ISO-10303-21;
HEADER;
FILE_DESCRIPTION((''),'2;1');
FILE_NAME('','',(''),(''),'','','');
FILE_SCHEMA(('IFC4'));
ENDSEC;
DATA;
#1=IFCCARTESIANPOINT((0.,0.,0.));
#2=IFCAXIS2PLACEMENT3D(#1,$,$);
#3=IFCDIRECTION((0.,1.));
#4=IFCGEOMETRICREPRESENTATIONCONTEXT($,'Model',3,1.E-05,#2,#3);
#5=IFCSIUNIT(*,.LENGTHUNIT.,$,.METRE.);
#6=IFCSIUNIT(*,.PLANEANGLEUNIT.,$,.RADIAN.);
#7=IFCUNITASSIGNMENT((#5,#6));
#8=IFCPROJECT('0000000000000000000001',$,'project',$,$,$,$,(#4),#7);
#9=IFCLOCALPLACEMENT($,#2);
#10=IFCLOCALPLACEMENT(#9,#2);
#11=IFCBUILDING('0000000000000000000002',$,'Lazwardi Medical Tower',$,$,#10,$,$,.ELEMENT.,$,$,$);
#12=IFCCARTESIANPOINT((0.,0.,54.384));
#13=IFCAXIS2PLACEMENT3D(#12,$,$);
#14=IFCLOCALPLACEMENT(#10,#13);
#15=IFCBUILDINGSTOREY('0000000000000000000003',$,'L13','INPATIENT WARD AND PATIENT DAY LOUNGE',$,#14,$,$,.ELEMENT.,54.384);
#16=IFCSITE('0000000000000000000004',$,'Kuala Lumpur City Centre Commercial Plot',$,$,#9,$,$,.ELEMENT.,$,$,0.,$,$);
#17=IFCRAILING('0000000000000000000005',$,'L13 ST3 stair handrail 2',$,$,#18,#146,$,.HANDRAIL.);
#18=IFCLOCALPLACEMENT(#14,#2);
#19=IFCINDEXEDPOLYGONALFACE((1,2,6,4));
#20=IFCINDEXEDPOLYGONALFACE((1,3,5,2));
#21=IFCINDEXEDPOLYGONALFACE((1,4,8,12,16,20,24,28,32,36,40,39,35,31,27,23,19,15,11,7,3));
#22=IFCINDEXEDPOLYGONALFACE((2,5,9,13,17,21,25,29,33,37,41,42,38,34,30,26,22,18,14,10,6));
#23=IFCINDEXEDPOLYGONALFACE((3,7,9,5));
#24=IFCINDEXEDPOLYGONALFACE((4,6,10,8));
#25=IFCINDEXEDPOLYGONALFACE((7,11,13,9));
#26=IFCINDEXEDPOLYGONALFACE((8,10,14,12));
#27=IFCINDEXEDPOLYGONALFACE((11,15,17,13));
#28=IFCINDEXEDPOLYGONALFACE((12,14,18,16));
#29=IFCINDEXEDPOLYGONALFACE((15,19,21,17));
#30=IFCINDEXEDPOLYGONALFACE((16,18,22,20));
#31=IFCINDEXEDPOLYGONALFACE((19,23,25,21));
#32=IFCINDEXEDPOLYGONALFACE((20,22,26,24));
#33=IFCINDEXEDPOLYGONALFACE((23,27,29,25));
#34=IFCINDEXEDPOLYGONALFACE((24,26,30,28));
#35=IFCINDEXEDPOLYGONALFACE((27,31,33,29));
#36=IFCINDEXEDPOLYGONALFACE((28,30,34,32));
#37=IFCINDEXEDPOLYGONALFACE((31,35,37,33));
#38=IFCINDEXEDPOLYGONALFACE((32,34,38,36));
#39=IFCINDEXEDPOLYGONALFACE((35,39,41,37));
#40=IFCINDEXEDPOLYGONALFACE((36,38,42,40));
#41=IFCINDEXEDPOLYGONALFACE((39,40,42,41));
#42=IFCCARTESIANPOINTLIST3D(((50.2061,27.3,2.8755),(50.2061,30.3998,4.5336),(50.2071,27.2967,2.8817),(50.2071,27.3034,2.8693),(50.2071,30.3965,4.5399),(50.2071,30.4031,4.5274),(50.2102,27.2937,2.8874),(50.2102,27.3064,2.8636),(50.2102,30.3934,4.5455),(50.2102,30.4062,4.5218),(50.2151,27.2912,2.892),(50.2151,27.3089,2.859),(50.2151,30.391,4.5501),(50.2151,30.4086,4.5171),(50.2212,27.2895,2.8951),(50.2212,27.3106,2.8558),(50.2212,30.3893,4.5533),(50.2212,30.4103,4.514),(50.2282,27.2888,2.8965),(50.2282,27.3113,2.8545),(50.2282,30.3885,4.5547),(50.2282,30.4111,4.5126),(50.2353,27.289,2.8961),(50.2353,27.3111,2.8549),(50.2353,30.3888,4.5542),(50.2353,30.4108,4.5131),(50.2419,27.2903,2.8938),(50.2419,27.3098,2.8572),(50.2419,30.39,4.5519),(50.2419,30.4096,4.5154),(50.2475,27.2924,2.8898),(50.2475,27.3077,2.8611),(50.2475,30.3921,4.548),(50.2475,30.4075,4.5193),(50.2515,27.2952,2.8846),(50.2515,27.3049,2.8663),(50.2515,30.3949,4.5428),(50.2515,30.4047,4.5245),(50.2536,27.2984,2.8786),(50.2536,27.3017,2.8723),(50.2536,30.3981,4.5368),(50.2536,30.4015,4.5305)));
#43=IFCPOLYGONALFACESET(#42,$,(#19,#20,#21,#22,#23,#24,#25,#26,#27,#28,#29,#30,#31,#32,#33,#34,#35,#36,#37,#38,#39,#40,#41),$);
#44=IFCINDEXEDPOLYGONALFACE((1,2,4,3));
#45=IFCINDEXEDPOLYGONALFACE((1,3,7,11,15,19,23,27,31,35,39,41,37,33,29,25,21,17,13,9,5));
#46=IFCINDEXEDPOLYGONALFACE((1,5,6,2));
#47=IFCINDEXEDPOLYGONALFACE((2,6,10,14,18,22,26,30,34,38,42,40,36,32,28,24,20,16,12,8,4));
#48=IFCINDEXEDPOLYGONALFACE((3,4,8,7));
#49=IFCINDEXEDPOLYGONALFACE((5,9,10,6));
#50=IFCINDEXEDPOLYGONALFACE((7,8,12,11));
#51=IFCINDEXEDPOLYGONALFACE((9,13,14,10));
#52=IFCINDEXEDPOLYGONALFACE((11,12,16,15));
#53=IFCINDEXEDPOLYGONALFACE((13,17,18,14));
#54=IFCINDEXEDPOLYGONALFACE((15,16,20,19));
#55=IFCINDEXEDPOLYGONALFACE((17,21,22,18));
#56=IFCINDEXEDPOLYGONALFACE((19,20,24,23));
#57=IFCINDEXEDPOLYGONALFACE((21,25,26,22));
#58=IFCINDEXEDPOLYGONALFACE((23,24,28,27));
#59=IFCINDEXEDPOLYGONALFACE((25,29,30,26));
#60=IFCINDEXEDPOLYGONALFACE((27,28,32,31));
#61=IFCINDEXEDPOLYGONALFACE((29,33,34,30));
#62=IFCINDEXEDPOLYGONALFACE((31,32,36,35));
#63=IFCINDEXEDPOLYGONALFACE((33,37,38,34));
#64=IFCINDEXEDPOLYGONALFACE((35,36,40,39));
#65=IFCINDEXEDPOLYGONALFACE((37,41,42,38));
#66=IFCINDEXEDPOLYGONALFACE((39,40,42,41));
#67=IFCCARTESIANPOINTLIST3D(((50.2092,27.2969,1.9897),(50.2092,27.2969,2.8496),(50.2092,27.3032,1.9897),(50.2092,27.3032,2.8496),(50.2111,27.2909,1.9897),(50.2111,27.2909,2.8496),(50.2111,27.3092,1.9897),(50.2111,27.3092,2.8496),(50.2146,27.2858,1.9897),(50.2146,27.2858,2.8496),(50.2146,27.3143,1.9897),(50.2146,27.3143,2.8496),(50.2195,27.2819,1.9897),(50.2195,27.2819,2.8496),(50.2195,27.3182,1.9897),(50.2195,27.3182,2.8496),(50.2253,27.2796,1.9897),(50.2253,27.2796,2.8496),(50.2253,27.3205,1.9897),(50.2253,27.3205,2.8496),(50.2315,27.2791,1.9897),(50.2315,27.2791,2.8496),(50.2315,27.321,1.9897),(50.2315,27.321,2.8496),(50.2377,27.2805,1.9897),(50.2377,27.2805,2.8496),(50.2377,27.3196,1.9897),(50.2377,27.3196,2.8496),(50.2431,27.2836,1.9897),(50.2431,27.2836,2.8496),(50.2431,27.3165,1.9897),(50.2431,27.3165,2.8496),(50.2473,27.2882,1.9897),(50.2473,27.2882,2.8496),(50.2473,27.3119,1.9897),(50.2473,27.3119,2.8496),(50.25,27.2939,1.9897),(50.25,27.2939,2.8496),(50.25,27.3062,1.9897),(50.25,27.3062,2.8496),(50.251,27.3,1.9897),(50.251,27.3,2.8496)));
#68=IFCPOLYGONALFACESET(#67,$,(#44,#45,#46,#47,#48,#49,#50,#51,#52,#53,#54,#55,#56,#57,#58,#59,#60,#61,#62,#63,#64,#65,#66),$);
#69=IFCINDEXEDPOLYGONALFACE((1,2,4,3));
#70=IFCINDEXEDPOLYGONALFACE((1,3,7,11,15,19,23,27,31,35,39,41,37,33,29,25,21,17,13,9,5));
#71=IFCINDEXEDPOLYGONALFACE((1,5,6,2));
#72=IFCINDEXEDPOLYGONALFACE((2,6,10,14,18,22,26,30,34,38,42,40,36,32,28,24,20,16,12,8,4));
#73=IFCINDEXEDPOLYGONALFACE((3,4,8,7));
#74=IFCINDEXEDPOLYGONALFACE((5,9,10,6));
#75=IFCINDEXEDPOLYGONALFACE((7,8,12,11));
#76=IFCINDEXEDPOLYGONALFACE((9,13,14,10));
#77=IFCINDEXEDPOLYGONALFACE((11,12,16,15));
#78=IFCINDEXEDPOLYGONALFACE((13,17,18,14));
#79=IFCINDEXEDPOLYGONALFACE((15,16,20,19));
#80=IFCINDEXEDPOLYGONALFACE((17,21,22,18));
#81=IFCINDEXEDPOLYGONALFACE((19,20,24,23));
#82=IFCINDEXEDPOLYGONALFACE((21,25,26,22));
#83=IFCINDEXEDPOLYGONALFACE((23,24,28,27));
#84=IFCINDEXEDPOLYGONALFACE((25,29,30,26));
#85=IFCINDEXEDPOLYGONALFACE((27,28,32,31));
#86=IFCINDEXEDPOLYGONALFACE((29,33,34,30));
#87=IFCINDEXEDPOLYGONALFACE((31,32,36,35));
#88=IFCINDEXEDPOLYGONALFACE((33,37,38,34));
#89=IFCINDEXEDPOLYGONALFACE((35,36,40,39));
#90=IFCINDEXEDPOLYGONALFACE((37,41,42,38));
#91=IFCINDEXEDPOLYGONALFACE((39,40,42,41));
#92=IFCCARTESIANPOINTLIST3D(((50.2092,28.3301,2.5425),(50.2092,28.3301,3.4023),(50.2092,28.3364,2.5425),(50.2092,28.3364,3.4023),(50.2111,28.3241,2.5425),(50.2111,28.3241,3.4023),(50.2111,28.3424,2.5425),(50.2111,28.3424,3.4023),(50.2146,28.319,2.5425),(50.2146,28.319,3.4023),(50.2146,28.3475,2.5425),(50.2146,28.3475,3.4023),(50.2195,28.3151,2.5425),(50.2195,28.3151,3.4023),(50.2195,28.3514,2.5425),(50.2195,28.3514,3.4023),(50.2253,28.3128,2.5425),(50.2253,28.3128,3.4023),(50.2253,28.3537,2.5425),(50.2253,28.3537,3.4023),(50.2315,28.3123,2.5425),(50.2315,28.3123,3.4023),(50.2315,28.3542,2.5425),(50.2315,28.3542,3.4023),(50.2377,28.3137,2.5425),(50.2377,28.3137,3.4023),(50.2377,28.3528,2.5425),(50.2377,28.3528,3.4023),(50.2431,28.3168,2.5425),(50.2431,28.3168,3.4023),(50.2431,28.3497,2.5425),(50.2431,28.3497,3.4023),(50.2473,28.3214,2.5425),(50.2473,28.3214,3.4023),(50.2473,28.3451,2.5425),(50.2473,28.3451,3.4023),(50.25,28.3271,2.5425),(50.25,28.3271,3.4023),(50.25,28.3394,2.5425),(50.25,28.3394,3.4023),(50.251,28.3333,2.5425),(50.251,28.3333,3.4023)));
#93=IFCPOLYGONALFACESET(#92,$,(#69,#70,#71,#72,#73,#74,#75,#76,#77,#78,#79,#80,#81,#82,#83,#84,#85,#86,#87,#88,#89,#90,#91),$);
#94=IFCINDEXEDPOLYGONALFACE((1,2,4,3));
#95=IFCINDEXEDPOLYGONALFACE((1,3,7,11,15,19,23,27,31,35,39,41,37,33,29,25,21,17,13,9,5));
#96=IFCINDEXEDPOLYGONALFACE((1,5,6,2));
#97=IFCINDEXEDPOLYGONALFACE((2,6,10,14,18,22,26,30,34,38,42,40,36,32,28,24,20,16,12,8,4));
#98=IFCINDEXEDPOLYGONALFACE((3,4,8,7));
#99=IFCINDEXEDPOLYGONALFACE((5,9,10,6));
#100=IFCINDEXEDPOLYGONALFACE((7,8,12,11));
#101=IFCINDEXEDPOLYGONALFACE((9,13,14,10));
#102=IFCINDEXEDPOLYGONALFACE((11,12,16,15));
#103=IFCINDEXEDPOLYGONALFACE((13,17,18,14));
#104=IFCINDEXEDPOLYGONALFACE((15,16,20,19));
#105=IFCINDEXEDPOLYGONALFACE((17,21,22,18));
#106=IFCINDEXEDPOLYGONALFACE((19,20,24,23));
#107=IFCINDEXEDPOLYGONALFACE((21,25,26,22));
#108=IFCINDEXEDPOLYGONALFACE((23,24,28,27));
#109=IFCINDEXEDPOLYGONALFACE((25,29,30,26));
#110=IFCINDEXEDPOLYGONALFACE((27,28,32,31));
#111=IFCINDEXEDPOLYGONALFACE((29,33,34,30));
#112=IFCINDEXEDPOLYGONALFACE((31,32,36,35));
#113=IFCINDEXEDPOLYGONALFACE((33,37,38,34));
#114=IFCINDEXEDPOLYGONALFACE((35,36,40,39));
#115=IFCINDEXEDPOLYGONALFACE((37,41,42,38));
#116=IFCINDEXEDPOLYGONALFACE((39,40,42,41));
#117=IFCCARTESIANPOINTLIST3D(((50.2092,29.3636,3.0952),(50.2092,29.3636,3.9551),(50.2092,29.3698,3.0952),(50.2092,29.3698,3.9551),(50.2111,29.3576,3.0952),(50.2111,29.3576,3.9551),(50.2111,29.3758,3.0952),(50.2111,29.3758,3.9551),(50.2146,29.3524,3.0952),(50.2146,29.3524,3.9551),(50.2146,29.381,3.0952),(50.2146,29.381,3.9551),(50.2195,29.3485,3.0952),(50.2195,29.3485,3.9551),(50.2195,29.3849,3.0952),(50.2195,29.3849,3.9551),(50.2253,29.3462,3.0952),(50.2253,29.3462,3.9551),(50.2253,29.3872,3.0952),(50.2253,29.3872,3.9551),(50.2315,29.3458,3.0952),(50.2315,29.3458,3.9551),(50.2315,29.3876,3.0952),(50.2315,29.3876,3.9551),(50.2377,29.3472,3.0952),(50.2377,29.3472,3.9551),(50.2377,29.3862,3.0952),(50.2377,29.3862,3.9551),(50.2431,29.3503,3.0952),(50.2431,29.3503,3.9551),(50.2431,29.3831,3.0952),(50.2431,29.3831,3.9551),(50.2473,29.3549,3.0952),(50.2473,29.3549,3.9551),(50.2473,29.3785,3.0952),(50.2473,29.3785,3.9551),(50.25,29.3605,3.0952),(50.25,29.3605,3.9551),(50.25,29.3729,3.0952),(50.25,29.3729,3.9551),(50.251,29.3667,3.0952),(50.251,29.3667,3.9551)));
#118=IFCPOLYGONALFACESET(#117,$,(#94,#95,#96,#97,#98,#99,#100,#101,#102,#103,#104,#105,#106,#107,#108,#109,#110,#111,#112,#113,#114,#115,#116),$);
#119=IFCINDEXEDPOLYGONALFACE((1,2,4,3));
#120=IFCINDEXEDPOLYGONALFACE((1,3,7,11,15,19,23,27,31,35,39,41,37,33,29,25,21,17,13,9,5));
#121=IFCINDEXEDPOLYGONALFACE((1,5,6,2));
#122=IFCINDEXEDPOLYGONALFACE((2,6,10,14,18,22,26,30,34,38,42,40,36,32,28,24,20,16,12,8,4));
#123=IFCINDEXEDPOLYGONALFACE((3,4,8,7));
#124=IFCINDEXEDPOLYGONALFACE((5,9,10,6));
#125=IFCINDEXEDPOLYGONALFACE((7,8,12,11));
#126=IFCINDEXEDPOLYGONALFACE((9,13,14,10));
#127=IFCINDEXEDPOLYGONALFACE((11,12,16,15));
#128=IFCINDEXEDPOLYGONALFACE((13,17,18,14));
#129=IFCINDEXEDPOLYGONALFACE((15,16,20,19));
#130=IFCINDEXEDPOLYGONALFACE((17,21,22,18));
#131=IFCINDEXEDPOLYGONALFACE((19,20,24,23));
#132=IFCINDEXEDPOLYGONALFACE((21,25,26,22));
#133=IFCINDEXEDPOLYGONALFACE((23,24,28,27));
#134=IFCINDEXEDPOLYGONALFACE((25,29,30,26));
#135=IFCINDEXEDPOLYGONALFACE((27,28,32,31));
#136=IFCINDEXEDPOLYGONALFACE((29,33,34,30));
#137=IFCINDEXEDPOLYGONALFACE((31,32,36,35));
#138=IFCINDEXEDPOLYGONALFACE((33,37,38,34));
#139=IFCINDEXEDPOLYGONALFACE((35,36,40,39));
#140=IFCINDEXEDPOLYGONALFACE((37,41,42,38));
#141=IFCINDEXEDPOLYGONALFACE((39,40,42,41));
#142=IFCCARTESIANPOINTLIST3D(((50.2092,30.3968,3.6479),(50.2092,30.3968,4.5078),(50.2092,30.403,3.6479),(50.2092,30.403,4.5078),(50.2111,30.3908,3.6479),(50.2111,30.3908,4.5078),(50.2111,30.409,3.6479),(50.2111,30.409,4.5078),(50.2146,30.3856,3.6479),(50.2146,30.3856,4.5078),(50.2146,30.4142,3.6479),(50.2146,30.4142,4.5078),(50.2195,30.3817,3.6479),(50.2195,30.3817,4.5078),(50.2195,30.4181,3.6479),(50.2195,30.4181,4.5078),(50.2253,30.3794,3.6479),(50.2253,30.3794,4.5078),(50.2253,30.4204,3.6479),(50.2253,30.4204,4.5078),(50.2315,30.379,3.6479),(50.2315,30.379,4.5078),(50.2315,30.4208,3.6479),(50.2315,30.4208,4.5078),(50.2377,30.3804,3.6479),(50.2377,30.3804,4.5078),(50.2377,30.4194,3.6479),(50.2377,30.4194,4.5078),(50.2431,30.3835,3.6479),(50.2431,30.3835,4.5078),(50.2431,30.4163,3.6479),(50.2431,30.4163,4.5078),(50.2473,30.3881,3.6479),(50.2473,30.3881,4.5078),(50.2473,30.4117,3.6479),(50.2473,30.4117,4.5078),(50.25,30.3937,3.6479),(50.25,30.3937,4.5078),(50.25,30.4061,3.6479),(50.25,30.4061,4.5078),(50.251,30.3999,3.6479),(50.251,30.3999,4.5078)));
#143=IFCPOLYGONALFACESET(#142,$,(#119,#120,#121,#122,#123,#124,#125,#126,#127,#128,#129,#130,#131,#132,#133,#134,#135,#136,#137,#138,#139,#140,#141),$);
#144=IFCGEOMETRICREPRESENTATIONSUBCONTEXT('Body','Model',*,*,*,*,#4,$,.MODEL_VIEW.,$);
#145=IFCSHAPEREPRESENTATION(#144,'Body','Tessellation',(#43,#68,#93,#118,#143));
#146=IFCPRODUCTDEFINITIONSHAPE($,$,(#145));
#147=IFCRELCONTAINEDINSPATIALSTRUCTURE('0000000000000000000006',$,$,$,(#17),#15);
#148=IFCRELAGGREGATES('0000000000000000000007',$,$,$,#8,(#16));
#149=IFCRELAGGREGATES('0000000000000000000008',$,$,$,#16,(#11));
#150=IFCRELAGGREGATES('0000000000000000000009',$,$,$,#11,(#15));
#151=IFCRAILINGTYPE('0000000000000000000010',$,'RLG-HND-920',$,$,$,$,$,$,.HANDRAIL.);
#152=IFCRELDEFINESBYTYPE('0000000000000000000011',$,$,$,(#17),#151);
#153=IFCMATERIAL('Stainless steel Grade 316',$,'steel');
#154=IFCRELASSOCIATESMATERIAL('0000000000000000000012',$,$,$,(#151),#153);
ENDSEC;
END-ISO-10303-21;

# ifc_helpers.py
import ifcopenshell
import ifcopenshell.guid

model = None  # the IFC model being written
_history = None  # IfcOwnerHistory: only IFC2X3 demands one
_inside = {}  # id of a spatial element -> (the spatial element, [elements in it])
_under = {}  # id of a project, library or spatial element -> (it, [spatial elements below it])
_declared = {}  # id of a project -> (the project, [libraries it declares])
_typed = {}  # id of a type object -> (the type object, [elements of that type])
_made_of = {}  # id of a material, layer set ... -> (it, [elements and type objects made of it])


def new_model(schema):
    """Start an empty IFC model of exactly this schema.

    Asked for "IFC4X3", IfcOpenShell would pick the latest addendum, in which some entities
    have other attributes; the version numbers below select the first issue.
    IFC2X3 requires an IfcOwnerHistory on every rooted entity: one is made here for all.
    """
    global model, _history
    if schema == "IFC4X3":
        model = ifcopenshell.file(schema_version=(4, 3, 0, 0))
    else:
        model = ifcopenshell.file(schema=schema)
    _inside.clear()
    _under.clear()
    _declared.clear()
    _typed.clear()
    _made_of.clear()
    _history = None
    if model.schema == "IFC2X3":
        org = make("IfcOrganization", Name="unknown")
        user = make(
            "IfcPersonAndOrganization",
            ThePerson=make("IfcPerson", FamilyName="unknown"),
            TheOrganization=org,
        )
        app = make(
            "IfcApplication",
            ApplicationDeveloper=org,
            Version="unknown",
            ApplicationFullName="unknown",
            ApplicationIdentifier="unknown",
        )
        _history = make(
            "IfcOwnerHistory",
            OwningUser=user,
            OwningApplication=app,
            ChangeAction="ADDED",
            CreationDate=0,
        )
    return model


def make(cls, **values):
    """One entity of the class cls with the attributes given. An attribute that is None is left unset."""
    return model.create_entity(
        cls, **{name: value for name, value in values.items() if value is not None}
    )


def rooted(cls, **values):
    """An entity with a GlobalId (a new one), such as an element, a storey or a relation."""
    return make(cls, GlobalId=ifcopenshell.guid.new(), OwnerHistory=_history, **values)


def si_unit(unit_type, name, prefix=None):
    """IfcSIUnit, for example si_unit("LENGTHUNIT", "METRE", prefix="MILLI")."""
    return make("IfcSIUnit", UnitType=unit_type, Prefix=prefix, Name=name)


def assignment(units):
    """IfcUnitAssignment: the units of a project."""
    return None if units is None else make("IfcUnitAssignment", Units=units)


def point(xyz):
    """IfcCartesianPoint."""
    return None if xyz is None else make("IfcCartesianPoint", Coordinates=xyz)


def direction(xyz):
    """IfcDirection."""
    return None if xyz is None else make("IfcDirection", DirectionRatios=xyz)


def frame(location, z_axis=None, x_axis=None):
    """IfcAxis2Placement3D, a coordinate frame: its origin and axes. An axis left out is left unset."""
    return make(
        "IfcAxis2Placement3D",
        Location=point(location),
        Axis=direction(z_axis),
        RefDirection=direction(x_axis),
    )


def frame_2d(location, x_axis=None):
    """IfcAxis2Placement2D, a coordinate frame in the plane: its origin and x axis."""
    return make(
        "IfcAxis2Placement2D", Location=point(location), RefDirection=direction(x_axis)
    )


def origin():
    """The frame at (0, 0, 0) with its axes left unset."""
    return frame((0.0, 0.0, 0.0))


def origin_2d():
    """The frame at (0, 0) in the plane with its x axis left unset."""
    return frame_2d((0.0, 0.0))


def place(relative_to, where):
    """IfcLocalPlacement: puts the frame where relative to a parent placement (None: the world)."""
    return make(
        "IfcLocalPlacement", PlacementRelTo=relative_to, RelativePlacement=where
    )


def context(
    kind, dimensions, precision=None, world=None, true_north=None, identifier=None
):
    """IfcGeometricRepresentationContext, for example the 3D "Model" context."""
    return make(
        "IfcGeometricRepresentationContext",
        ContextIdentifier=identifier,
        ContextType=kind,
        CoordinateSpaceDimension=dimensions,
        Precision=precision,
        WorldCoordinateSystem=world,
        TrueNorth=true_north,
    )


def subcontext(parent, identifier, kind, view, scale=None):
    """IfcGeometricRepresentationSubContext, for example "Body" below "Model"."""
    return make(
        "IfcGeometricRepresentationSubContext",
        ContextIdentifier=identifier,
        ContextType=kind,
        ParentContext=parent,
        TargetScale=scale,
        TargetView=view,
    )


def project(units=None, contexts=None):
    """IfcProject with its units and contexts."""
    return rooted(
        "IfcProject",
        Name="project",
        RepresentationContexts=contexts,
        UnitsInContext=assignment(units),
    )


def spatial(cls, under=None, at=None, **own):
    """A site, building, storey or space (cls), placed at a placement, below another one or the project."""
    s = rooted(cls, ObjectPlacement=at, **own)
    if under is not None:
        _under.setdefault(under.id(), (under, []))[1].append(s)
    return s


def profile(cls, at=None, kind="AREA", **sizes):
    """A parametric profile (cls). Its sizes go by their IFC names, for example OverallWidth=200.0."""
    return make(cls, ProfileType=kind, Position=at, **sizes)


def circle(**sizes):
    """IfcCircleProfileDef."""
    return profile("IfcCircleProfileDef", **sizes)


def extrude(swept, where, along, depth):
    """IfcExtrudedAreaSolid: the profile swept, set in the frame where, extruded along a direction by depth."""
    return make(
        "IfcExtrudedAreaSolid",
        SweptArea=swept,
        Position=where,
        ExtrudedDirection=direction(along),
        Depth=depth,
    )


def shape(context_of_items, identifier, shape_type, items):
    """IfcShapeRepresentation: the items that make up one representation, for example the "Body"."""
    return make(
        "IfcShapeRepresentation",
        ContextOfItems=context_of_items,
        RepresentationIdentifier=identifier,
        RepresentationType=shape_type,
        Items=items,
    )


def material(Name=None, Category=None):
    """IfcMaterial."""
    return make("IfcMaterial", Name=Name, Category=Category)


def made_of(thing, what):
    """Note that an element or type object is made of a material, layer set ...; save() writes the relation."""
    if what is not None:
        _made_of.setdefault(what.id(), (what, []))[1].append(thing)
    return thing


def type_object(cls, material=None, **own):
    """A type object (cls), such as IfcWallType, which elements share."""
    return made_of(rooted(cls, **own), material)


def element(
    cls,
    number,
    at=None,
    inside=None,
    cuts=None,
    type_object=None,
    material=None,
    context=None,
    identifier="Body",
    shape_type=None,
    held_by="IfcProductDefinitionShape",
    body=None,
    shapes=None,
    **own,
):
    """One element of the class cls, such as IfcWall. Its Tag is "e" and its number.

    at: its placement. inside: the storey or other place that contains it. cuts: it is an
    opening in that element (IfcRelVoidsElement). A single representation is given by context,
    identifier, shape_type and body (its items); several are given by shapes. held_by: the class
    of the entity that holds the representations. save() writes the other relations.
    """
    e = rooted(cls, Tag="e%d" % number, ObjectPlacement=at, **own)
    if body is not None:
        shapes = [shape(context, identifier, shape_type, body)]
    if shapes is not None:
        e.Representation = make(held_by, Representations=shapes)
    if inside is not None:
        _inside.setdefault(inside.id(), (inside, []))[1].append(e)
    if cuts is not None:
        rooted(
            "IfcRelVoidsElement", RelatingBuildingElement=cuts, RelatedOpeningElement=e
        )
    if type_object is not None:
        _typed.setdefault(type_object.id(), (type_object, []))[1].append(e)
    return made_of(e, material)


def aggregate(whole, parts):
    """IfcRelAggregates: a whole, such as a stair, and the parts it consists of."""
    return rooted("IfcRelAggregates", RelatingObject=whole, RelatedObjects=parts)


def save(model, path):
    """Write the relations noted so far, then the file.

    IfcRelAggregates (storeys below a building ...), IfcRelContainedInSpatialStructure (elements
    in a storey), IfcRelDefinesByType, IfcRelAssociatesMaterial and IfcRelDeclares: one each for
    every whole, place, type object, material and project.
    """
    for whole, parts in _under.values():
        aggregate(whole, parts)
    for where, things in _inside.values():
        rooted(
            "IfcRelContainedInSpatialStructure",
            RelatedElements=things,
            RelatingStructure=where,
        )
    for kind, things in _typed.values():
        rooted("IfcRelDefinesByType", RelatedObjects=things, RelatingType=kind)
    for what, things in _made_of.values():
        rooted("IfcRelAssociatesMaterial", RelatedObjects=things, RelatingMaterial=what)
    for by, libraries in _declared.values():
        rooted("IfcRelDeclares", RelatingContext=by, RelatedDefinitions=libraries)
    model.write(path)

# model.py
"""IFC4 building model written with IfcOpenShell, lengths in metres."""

from ifc_helpers import new_model, si_unit, direction, frame, origin, origin_2d, place, context, subcontext, project, spatial, circle, extrude, material, type_object, element, save


model = new_model("IFC4")

# Units and contexts
model_context = context("Model", 3, precision=1e-05, world=origin(), true_north=direction((0.0, 1.0)))
body_context = subcontext(model_context, "Body", "Model", "MODEL_VIEW")
ifc_project = project(units=[si_unit("LENGTHUNIT", "METRE"), si_unit("PLANEANGLEUNIT", "RADIAN")], contexts=[model_context])

# Site, building, storey
site_placement = place(None, origin())
site = spatial("IfcSite", under=ifc_project, at=site_placement, Name="Kuala Lumpur City Centre Commercial Plot", CompositionType="ELEMENT", RefElevation=0.0)
building_placement = place(site_placement, origin())
building = spatial("IfcBuilding", under=site, at=building_placement, Name="Lazwardi Medical Tower", CompositionType="ELEMENT")
storey_placement = place(building_placement, frame((0.0, 0.0, 54.384)))
storey = spatial("IfcBuildingStorey", under=building, at=storey_placement, Name="L13", Description="INPATIENT WARD AND PATIENT DAY LOUNGE", CompositionType="ELEMENT", Elevation=54.384)

# Railing
ifc_material_1 = material(Name="Stainless steel Grade 316", Category="steel")
railing_type = type_object("IfcRailingType", Name="RLG-HND-920", PredefinedType="HANDRAIL", material=ifc_material_1)
railing_placement = place(storey_placement, frame((50.23, 27.3, 1.9897)))
element("IfcRailing", 1, at=railing_placement, inside=storey, type_object=railing_type, Name="L13 ST3 stair handrail 2", PredefinedType="HANDRAIL", context=body_context, shape_type="SweptSolid", body=[
    extrude(circle(Radius=0.0239, at=origin_2d()), frame((0.0, 0.0, 0.8857), z_axis=(0.0, 0.881768, 0.471684), x_axis=(-1.0, 0.0, 0.0)), (0.0, 0.0, 1.0), 3.5154),
    extrude(circle(Radius=0.021, at=origin_2d()), origin(), (0.0, 0.0, 1.0), 0.8599),
    extrude(circle(Radius=0.021, at=origin_2d()), frame((0.0, 1.0332, 0.5527)), (0.0, 0.0, 1.0), 0.8599),
    extrude(circle(Radius=0.021, at=origin_2d()), frame((0.0, 2.0667, 1.1055)), (0.0, 0.0, 1.0), 0.8599),
    extrude(circle(Radius=0.021, at=origin_2d()), frame((0.0, 3.0999, 1.6582)), (0.0, 0.0, 1.0), 0.8599),
])

save(model, "model.ifc")
